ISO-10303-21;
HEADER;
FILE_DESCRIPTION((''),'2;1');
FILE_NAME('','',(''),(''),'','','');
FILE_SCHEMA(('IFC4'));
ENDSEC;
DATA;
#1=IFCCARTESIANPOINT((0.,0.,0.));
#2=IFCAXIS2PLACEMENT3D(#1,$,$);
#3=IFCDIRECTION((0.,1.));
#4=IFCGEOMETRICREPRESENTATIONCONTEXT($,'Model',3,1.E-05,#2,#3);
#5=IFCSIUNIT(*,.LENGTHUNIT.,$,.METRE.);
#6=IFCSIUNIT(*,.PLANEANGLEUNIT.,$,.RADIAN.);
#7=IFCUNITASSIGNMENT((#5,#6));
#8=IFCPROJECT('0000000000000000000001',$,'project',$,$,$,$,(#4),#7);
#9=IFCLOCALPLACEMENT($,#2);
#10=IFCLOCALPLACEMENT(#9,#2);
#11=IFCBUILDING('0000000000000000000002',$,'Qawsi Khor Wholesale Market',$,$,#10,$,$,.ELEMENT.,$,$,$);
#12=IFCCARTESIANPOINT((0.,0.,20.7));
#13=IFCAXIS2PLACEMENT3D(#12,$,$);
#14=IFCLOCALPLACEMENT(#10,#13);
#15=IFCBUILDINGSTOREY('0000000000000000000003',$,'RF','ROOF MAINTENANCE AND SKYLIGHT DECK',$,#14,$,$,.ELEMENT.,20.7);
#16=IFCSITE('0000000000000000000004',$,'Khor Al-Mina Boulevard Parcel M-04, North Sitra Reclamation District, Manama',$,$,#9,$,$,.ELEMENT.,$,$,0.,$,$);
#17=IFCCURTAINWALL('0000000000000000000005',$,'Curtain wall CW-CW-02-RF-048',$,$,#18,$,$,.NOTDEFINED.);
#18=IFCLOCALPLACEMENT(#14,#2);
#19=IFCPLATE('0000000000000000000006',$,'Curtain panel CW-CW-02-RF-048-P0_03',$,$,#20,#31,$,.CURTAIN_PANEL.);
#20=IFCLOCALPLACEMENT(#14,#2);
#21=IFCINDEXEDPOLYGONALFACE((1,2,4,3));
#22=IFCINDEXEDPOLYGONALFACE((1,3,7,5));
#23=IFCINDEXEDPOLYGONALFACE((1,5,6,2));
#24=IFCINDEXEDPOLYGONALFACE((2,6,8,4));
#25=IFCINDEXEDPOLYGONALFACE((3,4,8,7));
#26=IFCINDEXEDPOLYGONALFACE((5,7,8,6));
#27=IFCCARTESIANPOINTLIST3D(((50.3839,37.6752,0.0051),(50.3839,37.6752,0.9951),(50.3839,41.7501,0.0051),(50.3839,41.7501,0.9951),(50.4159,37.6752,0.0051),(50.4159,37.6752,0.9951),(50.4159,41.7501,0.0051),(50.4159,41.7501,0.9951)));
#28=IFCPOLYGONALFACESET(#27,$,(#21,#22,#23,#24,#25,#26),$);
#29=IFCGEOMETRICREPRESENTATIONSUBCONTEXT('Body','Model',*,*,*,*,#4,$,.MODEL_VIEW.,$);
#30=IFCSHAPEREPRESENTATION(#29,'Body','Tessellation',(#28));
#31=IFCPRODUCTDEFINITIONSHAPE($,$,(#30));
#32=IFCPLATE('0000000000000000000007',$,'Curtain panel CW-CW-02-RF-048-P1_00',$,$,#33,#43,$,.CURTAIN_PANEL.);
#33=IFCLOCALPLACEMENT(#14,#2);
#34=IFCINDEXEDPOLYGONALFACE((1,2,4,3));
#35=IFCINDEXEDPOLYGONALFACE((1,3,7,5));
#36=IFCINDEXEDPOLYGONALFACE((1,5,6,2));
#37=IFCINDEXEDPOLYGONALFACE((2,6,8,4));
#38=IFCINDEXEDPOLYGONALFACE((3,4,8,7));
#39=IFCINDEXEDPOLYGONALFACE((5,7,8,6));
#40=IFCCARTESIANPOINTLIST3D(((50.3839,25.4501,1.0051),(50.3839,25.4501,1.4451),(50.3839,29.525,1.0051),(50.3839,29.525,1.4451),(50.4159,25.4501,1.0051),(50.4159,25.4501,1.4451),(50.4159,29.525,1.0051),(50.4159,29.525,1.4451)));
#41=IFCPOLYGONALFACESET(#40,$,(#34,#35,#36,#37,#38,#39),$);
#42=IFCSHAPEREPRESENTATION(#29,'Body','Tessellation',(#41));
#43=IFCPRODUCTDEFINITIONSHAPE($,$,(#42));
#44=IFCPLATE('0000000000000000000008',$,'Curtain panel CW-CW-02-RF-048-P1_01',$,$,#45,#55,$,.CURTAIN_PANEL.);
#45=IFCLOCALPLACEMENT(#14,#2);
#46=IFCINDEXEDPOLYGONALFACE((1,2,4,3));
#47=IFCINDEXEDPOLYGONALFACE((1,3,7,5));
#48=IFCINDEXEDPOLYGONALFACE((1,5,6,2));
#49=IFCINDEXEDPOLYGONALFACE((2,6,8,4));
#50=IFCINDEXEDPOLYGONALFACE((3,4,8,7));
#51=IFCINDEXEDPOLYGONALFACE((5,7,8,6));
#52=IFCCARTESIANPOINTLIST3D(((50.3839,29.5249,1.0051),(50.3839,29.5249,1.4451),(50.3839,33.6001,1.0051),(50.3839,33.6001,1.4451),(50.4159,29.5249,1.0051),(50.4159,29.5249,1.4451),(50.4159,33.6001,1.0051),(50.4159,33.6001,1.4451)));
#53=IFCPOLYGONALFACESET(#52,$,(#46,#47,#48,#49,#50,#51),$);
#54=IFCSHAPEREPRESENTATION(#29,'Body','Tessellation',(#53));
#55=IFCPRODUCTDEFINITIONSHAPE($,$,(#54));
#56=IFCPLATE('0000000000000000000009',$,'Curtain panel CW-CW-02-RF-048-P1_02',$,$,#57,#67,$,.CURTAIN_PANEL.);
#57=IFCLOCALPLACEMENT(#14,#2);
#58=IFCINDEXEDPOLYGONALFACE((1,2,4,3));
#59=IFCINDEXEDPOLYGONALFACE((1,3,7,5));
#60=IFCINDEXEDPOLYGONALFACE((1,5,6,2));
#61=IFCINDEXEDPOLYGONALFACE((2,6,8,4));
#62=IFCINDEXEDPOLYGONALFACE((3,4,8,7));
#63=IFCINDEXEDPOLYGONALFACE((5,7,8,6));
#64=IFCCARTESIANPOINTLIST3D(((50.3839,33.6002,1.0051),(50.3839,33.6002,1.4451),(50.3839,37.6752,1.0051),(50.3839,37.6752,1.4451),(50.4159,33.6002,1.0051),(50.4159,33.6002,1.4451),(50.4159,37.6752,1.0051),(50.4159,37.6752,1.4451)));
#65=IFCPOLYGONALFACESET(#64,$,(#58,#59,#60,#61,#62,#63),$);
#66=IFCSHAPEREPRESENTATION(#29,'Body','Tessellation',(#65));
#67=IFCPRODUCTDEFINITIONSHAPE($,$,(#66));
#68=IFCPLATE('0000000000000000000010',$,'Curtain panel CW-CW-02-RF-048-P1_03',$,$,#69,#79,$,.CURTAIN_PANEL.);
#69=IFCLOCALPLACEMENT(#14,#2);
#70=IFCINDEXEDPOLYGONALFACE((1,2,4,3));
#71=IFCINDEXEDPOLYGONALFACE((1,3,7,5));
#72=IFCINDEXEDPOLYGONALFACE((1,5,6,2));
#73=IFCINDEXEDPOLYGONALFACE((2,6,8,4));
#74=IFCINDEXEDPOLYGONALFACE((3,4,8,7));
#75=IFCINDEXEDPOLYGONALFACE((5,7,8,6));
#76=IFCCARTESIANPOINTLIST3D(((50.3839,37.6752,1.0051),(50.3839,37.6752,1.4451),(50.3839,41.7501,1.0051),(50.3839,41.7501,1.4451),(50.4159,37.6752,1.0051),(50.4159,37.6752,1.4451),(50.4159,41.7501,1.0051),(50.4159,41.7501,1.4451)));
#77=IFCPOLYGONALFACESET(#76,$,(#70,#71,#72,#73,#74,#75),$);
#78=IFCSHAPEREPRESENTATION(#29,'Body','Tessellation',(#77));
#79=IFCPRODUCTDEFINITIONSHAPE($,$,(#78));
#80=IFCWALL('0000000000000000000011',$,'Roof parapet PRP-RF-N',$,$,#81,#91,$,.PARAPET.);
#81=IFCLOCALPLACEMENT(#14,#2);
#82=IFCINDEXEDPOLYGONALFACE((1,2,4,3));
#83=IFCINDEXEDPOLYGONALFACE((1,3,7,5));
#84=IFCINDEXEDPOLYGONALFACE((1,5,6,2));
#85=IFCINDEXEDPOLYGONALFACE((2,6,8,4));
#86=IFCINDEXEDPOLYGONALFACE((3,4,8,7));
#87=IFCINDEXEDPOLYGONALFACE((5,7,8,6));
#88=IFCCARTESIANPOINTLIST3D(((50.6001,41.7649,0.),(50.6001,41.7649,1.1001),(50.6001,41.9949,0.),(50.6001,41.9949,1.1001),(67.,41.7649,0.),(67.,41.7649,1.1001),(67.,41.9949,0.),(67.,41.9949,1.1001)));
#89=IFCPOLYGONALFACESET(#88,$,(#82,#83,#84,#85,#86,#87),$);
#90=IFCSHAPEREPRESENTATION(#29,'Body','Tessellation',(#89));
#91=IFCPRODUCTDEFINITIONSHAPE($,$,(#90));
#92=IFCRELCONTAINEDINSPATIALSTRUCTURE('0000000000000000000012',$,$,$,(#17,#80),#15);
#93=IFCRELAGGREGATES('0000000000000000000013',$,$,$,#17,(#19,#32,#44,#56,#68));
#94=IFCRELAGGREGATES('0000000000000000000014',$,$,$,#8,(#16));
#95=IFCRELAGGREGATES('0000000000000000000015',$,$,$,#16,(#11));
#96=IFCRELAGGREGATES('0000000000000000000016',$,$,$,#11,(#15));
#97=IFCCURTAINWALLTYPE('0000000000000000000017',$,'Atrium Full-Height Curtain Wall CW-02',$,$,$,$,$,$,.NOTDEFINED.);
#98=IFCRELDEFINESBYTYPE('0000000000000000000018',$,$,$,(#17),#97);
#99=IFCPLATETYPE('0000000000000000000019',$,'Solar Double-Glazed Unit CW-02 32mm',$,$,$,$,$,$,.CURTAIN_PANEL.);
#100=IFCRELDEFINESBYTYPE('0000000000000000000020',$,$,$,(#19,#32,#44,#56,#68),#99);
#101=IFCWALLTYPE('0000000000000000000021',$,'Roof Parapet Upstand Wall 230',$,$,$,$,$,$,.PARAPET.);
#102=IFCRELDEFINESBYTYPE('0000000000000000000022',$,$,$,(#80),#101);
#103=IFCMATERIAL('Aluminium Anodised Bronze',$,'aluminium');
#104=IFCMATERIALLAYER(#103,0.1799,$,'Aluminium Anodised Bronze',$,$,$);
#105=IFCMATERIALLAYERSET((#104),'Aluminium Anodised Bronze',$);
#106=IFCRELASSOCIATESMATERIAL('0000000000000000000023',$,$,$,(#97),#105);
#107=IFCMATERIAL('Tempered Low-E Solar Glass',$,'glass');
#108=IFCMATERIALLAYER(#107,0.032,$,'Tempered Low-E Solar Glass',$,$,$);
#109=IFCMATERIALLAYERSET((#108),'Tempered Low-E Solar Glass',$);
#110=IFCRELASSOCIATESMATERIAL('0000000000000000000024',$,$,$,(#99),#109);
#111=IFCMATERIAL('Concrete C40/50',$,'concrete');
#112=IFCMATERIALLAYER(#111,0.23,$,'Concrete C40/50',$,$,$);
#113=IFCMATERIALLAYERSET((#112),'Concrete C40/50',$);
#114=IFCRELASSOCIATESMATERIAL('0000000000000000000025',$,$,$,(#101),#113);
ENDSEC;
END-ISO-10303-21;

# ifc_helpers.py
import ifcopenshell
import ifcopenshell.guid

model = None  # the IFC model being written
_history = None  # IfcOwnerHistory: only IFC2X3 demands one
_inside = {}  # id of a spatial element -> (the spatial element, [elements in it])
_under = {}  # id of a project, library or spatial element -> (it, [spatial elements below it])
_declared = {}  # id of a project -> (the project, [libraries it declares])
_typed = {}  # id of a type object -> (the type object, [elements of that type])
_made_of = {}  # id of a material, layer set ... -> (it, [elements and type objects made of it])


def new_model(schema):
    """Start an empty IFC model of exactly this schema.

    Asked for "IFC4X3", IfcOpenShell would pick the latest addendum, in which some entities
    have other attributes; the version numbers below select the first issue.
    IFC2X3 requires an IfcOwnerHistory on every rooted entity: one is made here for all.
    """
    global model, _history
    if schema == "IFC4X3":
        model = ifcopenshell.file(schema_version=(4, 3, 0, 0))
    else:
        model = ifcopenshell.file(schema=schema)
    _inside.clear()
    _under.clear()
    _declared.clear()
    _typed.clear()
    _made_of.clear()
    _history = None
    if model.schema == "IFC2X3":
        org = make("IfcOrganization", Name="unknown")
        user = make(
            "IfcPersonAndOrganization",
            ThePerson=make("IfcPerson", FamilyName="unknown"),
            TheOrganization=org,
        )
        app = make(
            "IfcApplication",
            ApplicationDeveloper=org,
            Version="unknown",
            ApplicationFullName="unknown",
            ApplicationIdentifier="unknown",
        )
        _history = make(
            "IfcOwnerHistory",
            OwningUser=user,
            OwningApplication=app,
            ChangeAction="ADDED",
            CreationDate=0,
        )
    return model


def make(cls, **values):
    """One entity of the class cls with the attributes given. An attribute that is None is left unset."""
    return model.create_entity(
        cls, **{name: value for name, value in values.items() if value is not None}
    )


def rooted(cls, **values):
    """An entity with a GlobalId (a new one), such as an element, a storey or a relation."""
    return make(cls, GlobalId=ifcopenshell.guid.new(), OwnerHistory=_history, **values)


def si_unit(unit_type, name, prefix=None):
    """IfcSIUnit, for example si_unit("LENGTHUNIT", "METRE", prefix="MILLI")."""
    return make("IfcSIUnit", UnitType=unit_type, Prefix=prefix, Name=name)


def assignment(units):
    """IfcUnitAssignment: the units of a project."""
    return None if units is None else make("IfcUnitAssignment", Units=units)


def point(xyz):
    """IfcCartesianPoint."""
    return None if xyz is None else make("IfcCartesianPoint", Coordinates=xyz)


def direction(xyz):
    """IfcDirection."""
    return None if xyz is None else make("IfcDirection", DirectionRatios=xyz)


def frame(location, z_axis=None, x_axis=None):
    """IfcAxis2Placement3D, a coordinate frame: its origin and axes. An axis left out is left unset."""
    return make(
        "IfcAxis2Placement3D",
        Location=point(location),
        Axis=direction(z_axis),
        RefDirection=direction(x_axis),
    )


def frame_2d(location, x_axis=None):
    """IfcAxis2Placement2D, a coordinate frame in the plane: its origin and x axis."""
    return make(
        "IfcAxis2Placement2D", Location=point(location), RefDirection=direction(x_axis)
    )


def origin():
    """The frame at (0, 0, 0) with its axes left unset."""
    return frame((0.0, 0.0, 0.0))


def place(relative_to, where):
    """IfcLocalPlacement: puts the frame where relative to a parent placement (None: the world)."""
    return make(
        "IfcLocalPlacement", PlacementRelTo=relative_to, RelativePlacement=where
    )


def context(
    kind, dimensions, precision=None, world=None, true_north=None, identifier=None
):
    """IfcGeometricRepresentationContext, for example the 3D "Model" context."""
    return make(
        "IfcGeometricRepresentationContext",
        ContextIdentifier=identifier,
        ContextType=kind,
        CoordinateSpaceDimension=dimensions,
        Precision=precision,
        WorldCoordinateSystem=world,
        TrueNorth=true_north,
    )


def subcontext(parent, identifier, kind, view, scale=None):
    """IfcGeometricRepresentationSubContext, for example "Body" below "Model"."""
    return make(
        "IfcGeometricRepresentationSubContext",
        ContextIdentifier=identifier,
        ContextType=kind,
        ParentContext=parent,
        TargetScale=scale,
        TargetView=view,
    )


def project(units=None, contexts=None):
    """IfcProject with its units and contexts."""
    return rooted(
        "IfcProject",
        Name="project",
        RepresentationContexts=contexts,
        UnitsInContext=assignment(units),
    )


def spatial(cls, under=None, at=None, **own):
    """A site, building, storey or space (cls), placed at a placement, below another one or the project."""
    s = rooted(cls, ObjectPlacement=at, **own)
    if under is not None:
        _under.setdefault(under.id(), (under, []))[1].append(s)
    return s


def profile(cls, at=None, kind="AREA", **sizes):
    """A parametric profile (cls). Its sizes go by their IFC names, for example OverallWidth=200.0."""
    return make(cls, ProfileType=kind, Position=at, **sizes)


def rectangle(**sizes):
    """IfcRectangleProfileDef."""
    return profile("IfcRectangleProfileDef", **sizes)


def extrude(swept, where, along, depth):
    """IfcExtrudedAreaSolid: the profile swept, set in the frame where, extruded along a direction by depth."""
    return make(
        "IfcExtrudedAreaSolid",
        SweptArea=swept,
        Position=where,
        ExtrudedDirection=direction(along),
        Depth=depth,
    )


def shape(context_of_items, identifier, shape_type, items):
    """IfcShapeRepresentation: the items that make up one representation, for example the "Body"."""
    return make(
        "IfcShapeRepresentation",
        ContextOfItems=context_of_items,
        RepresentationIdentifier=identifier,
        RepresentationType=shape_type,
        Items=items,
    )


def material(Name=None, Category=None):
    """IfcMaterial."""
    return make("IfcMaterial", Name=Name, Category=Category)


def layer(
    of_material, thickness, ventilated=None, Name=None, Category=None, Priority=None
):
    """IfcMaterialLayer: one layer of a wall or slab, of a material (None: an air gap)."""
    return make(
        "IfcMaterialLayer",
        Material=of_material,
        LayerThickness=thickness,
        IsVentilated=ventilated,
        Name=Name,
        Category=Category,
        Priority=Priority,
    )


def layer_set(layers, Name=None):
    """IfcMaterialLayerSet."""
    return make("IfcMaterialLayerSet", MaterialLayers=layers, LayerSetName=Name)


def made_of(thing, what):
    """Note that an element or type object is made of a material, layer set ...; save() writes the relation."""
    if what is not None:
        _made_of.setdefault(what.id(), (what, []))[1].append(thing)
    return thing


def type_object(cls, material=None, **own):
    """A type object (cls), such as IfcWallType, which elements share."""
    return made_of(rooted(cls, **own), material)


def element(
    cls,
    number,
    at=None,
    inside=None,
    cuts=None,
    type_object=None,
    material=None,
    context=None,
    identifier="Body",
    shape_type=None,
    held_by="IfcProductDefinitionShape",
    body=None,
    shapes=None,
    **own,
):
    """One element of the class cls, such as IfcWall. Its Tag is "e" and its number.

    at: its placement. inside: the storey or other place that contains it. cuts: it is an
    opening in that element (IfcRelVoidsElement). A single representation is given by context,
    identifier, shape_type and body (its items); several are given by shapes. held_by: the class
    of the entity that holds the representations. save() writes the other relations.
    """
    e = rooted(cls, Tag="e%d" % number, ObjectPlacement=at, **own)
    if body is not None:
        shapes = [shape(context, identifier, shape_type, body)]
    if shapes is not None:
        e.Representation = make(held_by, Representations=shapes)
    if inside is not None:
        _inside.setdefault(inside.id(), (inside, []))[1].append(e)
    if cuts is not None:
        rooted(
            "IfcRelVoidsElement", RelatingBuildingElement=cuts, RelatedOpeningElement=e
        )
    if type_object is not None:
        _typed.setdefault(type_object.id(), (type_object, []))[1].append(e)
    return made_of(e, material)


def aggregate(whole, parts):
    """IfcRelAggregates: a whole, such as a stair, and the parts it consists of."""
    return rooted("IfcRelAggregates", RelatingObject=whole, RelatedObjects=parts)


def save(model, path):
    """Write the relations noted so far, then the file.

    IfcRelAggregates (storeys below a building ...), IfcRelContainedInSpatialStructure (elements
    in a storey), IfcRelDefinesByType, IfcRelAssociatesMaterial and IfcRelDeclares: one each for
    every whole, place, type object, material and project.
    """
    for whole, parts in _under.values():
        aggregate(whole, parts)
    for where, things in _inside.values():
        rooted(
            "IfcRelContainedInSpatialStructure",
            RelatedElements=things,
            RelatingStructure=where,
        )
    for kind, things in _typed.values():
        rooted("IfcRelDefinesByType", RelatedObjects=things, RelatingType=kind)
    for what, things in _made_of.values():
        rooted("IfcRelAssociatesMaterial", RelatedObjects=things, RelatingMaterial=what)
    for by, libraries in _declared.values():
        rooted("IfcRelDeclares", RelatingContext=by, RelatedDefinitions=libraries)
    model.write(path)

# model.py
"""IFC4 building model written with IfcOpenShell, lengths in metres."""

from ifc_helpers import new_model, si_unit, direction, frame, frame_2d, origin, place, context, subcontext, project, spatial, rectangle, extrude, material, layer, layer_set, type_object, element, aggregate, save


model = new_model("IFC4")

# Units and contexts
model_context = context("Model", 3, precision=1e-05, world=origin(), true_north=direction((0.0, 1.0)))
body_context = subcontext(model_context, "Body", "Model", "MODEL_VIEW")
ifc_project = project(units=[si_unit("LENGTHUNIT", "METRE"), si_unit("PLANEANGLEUNIT", "RADIAN")], contexts=[model_context])

# Site, building, storey
site_placement = place(None, origin())
site = spatial("IfcSite", under=ifc_project, at=site_placement, Name="Khor Al-Mina Boulevard Parcel M-04, North Sitra Reclamation District, Manama", CompositionType="ELEMENT", RefElevation=0.0)
building_placement = place(site_placement, origin())
building = spatial("IfcBuilding", under=site, at=building_placement, Name="Qawsi Khor Wholesale Market", CompositionType="ELEMENT")
storey_placement = place(building_placement, frame((0.0, 0.0, 20.7)))
storey = spatial("IfcBuildingStorey", under=building, at=storey_placement, Name="RF", Description="ROOF MAINTENANCE AND SKYLIGHT DECK", CompositionType="ELEMENT", Elevation=20.7)

# Curtain wall
ifc_material_1 = material(Name="Aluminium Anodised Bronze", Category="aluminium")
ifc_layer_1 = layer(ifc_material_1, 0.1799, Name="Aluminium Anodised Bronze")
ifc_layer_set_1 = layer_set([ifc_layer_1], Name="Aluminium Anodised Bronze")
curtain_wall_type = type_object("IfcCurtainWallType", Name="Atrium Full-Height Curtain Wall CW-02", PredefinedType="NOTDEFINED", material=ifc_layer_set_1)
curtain_wall_1_placement = place(storey_placement, origin())
curtain_wall_1 = element("IfcCurtainWall", 1, at=curtain_wall_1_placement, inside=storey, type_object=curtain_wall_type, Name="Curtain wall CW-CW-02-RF-048", PredefinedType="NOTDEFINED")

# Plates
ifc_material_2 = material(Name="Tempered Low-E Solar Glass", Category="glass")
ifc_layer_2 = layer(ifc_material_2, 0.032, Name="Tempered Low-E Solar Glass")
ifc_layer_set_2 = layer_set([ifc_layer_2], Name="Tempered Low-E Solar Glass")
plate_type = type_object("IfcPlateType", Name="Solar Double-Glazed Unit CW-02 32mm", PredefinedType="CURTAIN_PANEL", material=ifc_layer_set_2)
plate_1_placement = place(storey_placement, frame((50.3999, 37.675, 0.0051), z_axis=(0.0, 0.0, 1.0), x_axis=(0.0, 1.0, 0.0)))
plate_1 = element("IfcPlate", 2, at=plate_1_placement, type_object=plate_type, Name="Curtain panel CW-CW-02-RF-048-P0_03", PredefinedType="CURTAIN_PANEL", context=body_context, shape_type="SweptSolid", body=[
    extrude(rectangle(XDim=4.075, YDim=0.032, at=frame_2d((2.0376, 0.0))), origin(), (0.0, 0.0, 1.0), 0.99),
])
plate_2_placement = place(storey_placement, frame((50.3999, 25.45, 1.0051), z_axis=(0.0, 0.0, 1.0), x_axis=(0.0, 1.0, 0.0)))
plate_2 = element("IfcPlate", 3, at=plate_2_placement, type_object=plate_type, Name="Curtain panel CW-CW-02-RF-048-P1_00", PredefinedType="CURTAIN_PANEL", context=body_context, shape_type="SweptSolid", body=[
    extrude(rectangle(XDim=4.075, YDim=0.032, at=frame_2d((2.0376, 0.0))), origin(), (0.0, 0.0, 1.0), 0.4399),
])
plate_3_placement = place(storey_placement, frame((50.3999, 29.5249, 1.0051), z_axis=(0.0, 0.0, 1.0), x_axis=(0.0, 1.0, 0.0)))
plate_3 = element("IfcPlate", 4, at=plate_3_placement, type_object=plate_type, Name="Curtain panel CW-CW-02-RF-048-P1_01", PredefinedType="CURTAIN_PANEL", context=body_context, shape_type="SweptSolid", body=[
    extrude(rectangle(XDim=4.0752, YDim=0.032, at=frame_2d((2.0376, 0.0))), origin(), (0.0, 0.0, 1.0), 0.4399),
])
plate_4_placement = place(storey_placement, frame((50.3999, 33.6001, 1.0051), z_axis=(0.0, 0.0, 1.0), x_axis=(0.0, 1.0, 0.0)))
plate_4 = element("IfcPlate", 5, at=plate_4_placement, type_object=plate_type, Name="Curtain panel CW-CW-02-RF-048-P1_02", PredefinedType="CURTAIN_PANEL", context=body_context, shape_type="SweptSolid", body=[
    extrude(rectangle(XDim=4.075, YDim=0.032, at=frame_2d((2.0376, 0.0))), origin(), (0.0, 0.0, 1.0), 0.4399),
])
plate_5_placement = place(storey_placement, frame((50.3999, 37.675, 1.0051), z_axis=(0.0, 0.0, 1.0), x_axis=(0.0, 1.0, 0.0)))
plate_5 = element("IfcPlate", 6, at=plate_5_placement, type_object=plate_type, Name="Curtain panel CW-CW-02-RF-048-P1_03", PredefinedType="CURTAIN_PANEL", context=body_context, shape_type="SweptSolid", body=[
    extrude(rectangle(XDim=4.075, YDim=0.032, at=frame_2d((2.0376, 0.0))), origin(), (0.0, 0.0, 1.0), 0.4399),
])
aggregate(curtain_wall_1, [plate_1, plate_2, plate_3, plate_4, plate_5])

# Wall
ifc_material_3 = material(Name="Concrete C40/50", Category="concrete")
ifc_layer_3 = layer(ifc_material_3, 0.23, Name="Concrete C40/50")
ifc_layer_set_3 = layer_set([ifc_layer_3], Name="Concrete C40/50")
wall_type = type_object("IfcWallType", Name="Roof Parapet Upstand Wall 230", PredefinedType="PARAPET", material=ifc_layer_set_3)
wall_placement = place(storey_placement, frame((50.6001, 41.8799, 0.0), z_axis=(0.0, 0.0, 1.0), x_axis=(1.0, 0.0, 0.0)))
element("IfcWall", 7, at=wall_placement, inside=storey, type_object=wall_type, Name="Roof parapet PRP-RF-N", PredefinedType="PARAPET", context=body_context, shape_type="SweptSolid", body=[
    extrude(rectangle(XDim=16.3999, YDim=0.23, at=frame_2d((8.2, 0.0))), origin(), (0.0, 0.0, 1.0), 1.1001),
])

save(model, "model.ifc")
